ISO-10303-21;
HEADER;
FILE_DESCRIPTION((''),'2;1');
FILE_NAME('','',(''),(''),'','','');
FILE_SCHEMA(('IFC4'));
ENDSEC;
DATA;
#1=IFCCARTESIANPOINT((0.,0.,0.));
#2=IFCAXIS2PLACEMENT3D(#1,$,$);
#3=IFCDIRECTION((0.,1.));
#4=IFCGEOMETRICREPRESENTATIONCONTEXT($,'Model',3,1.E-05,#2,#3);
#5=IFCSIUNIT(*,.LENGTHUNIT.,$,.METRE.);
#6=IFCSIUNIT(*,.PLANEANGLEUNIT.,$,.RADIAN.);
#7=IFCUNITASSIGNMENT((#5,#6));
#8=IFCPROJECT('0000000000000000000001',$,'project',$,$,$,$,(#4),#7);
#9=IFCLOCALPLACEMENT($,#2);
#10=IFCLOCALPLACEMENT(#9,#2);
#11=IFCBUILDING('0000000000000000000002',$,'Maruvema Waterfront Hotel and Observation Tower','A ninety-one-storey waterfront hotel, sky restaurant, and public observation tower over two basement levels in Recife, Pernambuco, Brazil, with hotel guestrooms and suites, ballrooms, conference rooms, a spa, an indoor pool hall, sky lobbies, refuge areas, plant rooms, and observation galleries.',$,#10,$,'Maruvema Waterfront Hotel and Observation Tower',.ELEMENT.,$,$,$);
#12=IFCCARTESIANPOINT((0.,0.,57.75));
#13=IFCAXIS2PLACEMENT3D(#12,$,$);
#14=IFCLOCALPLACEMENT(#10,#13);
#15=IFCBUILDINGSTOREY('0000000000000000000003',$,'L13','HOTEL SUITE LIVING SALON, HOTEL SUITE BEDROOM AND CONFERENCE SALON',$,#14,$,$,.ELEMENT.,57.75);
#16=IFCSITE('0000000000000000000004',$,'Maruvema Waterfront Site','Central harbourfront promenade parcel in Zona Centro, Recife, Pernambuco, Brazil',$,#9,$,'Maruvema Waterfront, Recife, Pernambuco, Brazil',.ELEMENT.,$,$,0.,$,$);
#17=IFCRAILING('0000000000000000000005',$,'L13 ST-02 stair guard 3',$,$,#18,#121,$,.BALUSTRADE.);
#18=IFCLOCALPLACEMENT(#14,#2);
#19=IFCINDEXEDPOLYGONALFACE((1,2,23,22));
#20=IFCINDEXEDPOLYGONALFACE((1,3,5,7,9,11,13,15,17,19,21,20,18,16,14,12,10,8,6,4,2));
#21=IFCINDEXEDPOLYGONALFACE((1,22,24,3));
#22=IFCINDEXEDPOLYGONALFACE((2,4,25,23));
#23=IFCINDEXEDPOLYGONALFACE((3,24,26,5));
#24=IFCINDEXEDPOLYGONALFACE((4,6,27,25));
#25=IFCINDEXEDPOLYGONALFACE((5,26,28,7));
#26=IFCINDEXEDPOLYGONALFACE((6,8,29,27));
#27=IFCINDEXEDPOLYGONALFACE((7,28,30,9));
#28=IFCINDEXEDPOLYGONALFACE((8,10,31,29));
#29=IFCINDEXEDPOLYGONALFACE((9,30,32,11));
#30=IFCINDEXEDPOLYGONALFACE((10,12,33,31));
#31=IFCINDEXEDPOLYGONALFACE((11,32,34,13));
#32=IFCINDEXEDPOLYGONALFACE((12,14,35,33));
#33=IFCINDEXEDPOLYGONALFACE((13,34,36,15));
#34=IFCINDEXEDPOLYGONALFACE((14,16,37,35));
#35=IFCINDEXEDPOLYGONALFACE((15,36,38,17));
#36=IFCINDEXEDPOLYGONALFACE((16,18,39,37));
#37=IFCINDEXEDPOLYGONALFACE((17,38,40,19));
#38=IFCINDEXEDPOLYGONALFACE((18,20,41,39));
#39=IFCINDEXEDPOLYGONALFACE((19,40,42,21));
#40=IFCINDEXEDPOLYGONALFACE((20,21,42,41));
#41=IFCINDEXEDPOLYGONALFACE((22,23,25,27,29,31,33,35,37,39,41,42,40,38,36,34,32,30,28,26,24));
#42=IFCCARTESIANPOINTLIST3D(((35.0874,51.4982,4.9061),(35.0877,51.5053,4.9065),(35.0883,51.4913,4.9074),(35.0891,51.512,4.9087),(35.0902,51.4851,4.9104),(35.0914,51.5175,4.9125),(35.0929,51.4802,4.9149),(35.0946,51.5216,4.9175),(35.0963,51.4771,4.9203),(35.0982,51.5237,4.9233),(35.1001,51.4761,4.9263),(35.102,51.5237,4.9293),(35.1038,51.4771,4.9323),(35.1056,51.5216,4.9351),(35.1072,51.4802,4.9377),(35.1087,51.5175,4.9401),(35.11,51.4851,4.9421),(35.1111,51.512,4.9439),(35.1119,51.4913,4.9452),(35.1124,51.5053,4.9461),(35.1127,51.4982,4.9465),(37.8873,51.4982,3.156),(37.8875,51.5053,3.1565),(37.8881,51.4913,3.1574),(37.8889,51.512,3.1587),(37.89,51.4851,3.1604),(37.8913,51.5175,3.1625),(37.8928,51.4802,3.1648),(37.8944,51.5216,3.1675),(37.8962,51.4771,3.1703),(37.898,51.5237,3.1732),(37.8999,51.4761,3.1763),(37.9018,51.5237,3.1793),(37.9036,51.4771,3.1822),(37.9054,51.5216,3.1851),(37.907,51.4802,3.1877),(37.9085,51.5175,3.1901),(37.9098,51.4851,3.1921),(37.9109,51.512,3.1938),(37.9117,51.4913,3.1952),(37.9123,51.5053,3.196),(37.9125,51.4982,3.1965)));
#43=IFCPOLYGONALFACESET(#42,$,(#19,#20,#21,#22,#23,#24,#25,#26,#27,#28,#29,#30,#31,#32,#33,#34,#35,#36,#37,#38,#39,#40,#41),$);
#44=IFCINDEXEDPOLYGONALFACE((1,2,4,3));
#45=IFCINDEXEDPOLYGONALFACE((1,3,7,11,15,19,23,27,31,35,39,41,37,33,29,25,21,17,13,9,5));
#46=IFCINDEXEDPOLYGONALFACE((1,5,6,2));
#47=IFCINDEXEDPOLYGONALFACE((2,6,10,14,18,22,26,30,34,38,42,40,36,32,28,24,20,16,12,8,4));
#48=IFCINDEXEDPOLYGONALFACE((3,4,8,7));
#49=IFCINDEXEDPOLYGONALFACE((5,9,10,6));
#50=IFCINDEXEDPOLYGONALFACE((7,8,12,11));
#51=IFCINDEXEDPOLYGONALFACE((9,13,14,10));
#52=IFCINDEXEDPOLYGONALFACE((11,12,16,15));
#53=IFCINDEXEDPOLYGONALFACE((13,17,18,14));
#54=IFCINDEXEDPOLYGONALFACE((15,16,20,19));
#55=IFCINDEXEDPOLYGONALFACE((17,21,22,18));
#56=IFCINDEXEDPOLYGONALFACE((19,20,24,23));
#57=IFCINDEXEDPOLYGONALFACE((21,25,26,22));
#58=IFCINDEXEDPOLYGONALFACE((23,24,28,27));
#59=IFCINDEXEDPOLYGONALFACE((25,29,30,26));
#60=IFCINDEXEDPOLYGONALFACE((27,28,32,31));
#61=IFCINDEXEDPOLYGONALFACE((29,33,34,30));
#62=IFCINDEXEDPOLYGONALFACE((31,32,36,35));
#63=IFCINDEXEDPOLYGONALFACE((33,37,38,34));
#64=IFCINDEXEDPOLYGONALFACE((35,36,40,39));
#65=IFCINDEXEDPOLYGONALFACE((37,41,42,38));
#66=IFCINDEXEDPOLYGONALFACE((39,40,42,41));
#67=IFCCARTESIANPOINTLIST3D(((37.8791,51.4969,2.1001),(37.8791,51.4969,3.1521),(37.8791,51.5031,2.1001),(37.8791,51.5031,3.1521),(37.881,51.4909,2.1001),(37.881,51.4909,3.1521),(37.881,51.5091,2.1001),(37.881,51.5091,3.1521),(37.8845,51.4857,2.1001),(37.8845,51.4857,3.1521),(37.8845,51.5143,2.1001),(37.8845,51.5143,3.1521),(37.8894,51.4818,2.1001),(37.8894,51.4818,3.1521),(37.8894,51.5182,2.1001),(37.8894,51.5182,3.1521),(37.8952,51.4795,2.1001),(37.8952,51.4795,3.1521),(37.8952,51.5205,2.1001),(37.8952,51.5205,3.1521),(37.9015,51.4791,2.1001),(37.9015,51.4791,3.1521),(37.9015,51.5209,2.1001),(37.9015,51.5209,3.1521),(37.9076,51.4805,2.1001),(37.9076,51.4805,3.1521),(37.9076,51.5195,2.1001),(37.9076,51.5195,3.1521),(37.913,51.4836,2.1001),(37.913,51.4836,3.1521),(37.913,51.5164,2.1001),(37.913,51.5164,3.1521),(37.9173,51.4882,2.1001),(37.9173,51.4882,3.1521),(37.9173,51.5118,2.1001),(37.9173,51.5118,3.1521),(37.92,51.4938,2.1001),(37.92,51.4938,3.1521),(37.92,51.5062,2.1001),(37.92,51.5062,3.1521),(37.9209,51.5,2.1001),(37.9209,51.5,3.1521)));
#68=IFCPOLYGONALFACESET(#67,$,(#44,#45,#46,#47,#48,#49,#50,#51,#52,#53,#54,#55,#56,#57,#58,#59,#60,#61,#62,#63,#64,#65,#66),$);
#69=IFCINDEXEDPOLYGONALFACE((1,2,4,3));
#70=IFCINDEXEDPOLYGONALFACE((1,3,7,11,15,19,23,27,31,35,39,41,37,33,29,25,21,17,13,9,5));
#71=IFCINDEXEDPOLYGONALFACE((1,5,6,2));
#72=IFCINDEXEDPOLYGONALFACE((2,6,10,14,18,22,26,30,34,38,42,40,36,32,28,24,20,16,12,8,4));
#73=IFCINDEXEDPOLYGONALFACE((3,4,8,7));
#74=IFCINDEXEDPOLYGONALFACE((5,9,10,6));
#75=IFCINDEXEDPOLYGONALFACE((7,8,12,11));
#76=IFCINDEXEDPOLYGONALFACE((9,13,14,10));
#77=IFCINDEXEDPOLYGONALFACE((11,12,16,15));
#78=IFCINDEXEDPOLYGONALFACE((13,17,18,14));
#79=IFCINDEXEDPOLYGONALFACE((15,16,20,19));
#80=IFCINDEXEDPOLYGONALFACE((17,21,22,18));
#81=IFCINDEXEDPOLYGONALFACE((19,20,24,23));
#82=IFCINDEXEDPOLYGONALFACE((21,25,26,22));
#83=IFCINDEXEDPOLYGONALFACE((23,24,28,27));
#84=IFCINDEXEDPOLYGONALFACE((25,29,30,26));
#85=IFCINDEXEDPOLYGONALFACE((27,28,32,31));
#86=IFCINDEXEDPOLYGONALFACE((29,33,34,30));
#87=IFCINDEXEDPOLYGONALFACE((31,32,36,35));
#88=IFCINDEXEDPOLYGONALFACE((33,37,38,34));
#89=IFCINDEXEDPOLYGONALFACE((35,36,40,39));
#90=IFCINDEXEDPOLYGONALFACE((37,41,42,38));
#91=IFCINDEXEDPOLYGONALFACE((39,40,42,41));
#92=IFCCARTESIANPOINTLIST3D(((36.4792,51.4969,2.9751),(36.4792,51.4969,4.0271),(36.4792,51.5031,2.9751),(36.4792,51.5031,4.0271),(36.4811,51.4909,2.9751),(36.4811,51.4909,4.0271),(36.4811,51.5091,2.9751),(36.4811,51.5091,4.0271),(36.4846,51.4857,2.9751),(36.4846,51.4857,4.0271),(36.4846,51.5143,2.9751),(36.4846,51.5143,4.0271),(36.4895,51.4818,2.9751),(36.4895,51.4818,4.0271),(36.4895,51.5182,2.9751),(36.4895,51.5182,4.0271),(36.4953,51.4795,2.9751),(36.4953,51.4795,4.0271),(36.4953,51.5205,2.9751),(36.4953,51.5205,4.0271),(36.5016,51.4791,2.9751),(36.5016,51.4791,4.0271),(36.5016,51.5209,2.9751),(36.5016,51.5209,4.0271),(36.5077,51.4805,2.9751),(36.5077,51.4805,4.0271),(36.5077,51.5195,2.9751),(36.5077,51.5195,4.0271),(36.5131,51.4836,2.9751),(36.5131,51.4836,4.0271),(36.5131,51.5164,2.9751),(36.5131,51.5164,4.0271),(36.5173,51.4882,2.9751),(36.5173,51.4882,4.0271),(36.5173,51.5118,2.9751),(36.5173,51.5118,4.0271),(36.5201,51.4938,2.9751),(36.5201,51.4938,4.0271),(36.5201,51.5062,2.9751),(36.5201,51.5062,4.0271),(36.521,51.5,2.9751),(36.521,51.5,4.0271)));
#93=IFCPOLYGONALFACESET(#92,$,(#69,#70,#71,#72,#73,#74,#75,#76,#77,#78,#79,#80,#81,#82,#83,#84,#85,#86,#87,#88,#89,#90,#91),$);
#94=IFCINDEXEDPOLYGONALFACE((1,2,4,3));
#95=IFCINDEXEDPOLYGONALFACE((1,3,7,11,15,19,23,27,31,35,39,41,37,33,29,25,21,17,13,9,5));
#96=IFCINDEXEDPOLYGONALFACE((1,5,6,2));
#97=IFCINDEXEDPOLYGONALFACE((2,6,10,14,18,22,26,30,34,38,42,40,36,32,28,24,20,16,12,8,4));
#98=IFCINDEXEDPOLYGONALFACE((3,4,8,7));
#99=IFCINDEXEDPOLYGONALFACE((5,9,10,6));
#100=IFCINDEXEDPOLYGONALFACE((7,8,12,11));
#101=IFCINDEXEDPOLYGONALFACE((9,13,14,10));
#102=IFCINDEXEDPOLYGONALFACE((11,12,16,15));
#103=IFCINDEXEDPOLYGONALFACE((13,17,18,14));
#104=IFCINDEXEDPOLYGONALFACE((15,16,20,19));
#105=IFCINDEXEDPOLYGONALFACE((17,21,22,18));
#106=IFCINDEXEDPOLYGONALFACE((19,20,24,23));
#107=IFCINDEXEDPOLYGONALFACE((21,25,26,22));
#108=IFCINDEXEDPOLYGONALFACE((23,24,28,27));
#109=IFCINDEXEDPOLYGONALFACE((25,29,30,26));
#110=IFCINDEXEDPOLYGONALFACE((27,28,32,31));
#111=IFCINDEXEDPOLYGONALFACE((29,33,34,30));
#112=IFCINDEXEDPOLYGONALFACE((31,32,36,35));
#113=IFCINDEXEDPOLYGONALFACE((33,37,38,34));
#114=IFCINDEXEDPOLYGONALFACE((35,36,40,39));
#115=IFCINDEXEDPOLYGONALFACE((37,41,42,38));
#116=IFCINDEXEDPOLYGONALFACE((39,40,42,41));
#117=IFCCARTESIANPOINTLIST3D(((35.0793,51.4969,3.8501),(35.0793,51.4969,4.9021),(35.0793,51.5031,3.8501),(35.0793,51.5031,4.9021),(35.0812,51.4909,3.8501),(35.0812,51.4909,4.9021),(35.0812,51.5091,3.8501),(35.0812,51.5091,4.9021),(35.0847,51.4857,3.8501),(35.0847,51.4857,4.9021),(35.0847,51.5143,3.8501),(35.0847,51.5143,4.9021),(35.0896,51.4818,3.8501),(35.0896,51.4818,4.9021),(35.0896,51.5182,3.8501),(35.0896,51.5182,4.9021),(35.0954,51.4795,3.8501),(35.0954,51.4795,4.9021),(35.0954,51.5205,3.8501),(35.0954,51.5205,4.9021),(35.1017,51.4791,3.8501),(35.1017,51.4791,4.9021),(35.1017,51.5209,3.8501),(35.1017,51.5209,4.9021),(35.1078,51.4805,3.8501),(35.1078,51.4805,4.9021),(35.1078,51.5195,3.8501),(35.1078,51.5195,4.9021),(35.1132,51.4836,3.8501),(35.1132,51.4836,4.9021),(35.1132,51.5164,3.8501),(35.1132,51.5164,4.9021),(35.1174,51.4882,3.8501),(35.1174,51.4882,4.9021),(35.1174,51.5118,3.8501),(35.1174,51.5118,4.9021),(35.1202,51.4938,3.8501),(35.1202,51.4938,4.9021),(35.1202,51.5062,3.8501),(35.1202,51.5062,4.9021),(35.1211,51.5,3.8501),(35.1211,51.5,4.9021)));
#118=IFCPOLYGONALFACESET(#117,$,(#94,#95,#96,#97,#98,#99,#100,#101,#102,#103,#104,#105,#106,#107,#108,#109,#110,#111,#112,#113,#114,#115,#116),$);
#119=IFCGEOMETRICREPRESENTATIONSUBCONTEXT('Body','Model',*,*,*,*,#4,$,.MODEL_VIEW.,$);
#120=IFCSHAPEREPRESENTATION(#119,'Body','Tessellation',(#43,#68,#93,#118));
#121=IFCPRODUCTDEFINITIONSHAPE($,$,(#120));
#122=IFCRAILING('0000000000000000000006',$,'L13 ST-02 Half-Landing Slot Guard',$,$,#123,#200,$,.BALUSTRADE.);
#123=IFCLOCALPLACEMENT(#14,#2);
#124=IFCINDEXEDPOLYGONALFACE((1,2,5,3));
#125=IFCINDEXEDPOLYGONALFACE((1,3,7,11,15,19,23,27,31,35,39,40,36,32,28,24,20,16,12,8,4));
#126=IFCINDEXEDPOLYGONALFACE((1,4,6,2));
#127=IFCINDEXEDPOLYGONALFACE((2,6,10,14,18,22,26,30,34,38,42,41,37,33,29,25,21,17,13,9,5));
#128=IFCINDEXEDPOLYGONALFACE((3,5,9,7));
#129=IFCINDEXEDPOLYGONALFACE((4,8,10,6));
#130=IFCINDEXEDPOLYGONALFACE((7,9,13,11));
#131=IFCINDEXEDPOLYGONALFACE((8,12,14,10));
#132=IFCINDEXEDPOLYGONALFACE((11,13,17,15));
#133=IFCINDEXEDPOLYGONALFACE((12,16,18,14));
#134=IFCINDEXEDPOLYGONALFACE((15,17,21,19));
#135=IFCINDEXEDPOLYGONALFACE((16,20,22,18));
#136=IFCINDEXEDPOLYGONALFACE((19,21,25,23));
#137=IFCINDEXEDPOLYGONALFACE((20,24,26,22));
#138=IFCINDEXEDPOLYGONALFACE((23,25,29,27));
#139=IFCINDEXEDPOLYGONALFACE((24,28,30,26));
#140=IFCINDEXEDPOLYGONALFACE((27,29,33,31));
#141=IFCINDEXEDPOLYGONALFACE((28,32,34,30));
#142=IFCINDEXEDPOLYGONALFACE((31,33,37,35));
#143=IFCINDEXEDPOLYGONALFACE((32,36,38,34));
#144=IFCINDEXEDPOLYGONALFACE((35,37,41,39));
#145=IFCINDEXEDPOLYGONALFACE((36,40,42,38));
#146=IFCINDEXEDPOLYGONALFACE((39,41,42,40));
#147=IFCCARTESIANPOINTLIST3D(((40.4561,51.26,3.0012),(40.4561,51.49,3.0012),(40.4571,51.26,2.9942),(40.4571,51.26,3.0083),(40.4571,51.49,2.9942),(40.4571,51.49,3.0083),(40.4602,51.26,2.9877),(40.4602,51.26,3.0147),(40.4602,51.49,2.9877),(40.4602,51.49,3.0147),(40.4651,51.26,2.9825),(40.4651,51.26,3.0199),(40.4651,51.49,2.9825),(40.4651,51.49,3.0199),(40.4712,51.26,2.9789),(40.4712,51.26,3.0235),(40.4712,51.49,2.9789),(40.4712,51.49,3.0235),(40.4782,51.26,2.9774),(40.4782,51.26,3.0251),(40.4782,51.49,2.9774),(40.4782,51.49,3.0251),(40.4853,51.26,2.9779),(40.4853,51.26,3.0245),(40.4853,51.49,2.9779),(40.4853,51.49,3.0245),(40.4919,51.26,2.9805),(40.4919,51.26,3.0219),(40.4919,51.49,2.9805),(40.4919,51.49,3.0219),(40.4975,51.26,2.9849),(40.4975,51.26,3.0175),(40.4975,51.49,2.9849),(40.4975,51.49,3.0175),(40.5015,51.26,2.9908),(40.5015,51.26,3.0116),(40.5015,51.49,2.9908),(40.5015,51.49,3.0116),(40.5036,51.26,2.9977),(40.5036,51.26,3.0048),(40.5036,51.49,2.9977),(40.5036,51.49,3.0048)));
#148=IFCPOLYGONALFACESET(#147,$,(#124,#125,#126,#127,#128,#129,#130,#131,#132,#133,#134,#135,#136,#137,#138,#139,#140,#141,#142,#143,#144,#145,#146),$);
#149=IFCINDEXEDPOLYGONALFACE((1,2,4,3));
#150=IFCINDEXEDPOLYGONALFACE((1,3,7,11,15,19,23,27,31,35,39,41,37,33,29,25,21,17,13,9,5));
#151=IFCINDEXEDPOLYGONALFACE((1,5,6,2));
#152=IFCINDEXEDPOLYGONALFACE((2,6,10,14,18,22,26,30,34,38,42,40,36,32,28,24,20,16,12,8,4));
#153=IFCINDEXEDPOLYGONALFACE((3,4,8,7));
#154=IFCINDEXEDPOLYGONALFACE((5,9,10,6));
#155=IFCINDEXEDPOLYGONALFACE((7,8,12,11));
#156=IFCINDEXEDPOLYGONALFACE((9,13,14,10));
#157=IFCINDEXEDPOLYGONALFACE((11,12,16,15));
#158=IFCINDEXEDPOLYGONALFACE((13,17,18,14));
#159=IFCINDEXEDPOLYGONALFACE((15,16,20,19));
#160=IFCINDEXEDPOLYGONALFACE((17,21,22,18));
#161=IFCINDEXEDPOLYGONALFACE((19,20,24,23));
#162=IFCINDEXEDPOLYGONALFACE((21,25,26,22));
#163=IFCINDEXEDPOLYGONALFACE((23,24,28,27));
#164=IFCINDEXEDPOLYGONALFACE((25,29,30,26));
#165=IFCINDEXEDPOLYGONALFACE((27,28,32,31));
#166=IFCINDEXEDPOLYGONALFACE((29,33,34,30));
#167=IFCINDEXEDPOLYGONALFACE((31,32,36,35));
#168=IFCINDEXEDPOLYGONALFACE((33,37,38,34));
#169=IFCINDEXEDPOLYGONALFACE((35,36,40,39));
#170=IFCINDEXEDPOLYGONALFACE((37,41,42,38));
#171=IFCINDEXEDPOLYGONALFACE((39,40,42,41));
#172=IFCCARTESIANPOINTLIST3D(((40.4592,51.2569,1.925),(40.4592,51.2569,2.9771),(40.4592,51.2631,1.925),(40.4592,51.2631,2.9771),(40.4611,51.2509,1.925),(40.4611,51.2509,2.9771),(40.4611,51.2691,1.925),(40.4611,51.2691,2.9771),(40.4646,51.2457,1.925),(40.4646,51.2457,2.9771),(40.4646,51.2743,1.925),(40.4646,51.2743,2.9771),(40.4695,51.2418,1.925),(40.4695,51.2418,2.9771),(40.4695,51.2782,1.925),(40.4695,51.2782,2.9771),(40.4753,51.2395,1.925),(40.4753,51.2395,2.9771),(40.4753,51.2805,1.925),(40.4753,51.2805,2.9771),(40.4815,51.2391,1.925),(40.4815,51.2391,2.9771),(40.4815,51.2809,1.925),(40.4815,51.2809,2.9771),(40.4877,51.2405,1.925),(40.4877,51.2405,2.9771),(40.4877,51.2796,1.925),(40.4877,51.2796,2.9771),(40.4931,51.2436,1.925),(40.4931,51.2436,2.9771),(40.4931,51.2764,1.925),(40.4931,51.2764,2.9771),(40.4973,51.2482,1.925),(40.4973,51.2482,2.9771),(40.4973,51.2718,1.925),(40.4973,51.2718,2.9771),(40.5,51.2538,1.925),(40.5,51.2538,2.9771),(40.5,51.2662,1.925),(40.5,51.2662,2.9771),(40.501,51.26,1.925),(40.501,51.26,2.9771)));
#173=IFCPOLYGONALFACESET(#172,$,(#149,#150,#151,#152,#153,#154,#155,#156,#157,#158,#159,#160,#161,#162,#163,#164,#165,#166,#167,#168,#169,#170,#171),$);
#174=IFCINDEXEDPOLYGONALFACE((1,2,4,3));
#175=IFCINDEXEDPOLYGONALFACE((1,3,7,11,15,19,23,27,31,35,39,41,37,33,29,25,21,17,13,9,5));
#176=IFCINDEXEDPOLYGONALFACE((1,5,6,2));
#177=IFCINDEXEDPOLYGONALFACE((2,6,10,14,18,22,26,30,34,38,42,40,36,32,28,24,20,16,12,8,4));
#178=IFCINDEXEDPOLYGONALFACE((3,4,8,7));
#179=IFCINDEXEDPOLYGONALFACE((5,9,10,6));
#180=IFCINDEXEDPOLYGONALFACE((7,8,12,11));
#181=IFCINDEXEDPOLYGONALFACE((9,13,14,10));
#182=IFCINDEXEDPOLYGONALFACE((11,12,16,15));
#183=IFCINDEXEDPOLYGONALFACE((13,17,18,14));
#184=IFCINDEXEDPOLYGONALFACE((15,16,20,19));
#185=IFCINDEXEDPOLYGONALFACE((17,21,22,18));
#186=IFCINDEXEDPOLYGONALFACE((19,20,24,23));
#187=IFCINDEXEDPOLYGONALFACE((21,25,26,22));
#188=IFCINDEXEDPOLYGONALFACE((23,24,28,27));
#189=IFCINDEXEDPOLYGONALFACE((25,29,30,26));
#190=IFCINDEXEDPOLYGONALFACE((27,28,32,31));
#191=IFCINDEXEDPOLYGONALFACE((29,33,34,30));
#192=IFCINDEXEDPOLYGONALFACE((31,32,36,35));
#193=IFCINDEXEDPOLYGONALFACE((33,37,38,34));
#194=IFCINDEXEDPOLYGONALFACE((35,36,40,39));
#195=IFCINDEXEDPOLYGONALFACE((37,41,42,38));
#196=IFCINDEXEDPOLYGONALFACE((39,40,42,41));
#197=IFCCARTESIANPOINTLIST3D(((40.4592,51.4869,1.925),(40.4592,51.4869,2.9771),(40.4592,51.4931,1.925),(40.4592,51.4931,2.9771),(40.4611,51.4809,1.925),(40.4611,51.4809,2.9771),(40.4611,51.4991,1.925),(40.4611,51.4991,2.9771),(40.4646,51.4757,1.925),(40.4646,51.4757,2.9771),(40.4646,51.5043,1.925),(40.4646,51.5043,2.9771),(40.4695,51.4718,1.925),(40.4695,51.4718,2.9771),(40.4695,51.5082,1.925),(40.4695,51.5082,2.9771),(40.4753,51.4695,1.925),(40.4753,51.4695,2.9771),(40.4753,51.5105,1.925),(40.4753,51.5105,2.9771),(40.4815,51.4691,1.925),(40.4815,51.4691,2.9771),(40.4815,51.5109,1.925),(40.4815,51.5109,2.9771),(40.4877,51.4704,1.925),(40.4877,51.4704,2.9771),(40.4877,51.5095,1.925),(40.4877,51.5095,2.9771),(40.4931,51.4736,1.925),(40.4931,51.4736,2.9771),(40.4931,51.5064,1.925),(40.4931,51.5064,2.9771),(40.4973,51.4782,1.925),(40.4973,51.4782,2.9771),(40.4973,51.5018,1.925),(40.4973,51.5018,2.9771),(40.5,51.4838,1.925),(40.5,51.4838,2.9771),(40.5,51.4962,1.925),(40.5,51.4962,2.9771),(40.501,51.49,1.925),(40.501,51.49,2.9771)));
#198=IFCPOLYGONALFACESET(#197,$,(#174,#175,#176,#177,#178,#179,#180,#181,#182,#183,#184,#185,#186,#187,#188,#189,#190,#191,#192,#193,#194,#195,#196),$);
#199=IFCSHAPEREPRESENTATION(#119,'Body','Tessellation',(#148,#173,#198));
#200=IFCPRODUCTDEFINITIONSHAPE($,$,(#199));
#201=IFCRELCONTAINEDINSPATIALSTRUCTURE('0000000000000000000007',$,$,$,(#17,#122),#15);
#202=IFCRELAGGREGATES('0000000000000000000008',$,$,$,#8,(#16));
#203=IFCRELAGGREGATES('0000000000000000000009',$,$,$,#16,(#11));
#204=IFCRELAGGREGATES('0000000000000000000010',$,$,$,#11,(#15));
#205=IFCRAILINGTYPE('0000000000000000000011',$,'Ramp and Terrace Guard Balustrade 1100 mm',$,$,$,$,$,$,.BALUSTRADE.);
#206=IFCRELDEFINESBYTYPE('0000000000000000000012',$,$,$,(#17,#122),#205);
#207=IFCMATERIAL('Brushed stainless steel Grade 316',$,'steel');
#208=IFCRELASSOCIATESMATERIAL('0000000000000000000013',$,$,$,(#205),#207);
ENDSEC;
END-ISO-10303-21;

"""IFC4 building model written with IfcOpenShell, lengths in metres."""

from ifc_helpers import new_model, si_unit, direction, frame, origin, origin_2d, place, context, subcontext, project, spatial, circle, extrude, material, type_object, element, save


model = new_model("IFC4")

# Units and contexts
model_context = context("Model", 3, precision=1e-05, world=origin(), true_north=direction((0.0, 1.0)))
body_context = subcontext(model_context, "Body", "Model", "MODEL_VIEW")
ifc_project = project(units=[si_unit("LENGTHUNIT", "METRE"), si_unit("PLANEANGLEUNIT", "RADIAN")], contexts=[model_context])

# Site, building, storey
site_placement = place(None, origin())
site = spatial("IfcSite", under=ifc_project, at=site_placement, Name="Maruvema Waterfront Site", Description="Central harbourfront promenade parcel in Zona Centro, Recife, Pernambuco, Brazil", LongName="Maruvema Waterfront, Recife, Pernambuco, Brazil", CompositionType="ELEMENT", RefElevation=0.0)
building_placement = place(site_placement, origin())
building = spatial("IfcBuilding", under=site, at=building_placement, Name="Maruvema Waterfront Hotel and Observation Tower", Description="A ninety-one-storey waterfront hotel, sky restaurant, and public observation tower over two basement levels in Recife, Pernambuco, Brazil, with hotel guestrooms and suites, ballrooms, conference rooms, a spa, an indoor pool hall, sky lobbies, refuge areas, plant rooms, and observation galleries.", LongName="Maruvema Waterfront Hotel and Observation Tower", CompositionType="ELEMENT")
storey_placement = place(building_placement, frame((0.0, 0.0, 57.75)))
storey = spatial("IfcBuildingStorey", under=building, at=storey_placement, Name="L13", Description="HOTEL SUITE LIVING SALON, HOTEL SUITE BEDROOM AND CONFERENCE SALON", CompositionType="ELEMENT", Elevation=57.75)

# Railings
ifc_material_1 = material(Name="Brushed stainless steel Grade 316", Category="steel")
railing_type_1 = type_object("IfcRailingType", Name="Ramp and Terrace Guard Balustrade 1100 mm", PredefinedType="BALUSTRADE", material=ifc_material_1)
railing_1_placement = place(storey_placement, frame((37.8999, 51.5, 2.1001)))
element("IfcRailing", 1, at=railing_1_placement, inside=storey, type_object=railing_type_1, Name="L13 ST-02 stair guard 3", PredefinedType="BALUSTRADE", context=body_context, shape_type="SweptSolid", body=[
    extrude(circle(Radius=0.0239, at=origin_2d()), frame((0.0, 0.0, 1.0762), z_axis=(-0.847982, 0.0, 0.530026), x_axis=(0.0, -1.0, 0.0)), (0.0, 0.0, 1.0), 3.3018),
    extrude(circle(Radius=0.021, at=origin_2d()), origin(), (0.0, 0.0, 1.0), 1.052),
    extrude(circle(Radius=0.021, at=origin_2d()), frame((-1.3999, 0.0, 0.875)), (0.0, 0.0, 1.0), 1.052),
    extrude(circle(Radius=0.021, at=origin_2d()), frame((-2.7998, 0.0, 1.75)), (0.0, 0.0, 1.0), 1.052),
])
railing_2_placement = place(storey_placement, frame((40.48, 51.26, 1.925)))
element("IfcRailing", 2, at=railing_2_placement, inside=storey, type_object=railing_type_1, Name="L13 ST-02 Half-Landing Slot Guard", PredefinedType="BALUSTRADE", context=body_context, shape_type="SweptSolid", body=[
    extrude(circle(Radius=0.0239, at=origin_2d()), frame((0.0, 0.0, 1.0762), z_axis=(0.0, 1.0, 0.0), x_axis=(-1.0, 0.0, 0.0)), (0.0, 0.0, 1.0), 0.23),
    extrude(circle(Radius=0.021, at=origin_2d()), origin(), (0.0, 0.0, 1.0), 1.052),
    extrude(circle(Radius=0.021, at=origin_2d()), frame((0.0, 0.23, 0.0)), (0.0, 0.0, 1.0), 1.052),
])

save(model, "model.ifc")
